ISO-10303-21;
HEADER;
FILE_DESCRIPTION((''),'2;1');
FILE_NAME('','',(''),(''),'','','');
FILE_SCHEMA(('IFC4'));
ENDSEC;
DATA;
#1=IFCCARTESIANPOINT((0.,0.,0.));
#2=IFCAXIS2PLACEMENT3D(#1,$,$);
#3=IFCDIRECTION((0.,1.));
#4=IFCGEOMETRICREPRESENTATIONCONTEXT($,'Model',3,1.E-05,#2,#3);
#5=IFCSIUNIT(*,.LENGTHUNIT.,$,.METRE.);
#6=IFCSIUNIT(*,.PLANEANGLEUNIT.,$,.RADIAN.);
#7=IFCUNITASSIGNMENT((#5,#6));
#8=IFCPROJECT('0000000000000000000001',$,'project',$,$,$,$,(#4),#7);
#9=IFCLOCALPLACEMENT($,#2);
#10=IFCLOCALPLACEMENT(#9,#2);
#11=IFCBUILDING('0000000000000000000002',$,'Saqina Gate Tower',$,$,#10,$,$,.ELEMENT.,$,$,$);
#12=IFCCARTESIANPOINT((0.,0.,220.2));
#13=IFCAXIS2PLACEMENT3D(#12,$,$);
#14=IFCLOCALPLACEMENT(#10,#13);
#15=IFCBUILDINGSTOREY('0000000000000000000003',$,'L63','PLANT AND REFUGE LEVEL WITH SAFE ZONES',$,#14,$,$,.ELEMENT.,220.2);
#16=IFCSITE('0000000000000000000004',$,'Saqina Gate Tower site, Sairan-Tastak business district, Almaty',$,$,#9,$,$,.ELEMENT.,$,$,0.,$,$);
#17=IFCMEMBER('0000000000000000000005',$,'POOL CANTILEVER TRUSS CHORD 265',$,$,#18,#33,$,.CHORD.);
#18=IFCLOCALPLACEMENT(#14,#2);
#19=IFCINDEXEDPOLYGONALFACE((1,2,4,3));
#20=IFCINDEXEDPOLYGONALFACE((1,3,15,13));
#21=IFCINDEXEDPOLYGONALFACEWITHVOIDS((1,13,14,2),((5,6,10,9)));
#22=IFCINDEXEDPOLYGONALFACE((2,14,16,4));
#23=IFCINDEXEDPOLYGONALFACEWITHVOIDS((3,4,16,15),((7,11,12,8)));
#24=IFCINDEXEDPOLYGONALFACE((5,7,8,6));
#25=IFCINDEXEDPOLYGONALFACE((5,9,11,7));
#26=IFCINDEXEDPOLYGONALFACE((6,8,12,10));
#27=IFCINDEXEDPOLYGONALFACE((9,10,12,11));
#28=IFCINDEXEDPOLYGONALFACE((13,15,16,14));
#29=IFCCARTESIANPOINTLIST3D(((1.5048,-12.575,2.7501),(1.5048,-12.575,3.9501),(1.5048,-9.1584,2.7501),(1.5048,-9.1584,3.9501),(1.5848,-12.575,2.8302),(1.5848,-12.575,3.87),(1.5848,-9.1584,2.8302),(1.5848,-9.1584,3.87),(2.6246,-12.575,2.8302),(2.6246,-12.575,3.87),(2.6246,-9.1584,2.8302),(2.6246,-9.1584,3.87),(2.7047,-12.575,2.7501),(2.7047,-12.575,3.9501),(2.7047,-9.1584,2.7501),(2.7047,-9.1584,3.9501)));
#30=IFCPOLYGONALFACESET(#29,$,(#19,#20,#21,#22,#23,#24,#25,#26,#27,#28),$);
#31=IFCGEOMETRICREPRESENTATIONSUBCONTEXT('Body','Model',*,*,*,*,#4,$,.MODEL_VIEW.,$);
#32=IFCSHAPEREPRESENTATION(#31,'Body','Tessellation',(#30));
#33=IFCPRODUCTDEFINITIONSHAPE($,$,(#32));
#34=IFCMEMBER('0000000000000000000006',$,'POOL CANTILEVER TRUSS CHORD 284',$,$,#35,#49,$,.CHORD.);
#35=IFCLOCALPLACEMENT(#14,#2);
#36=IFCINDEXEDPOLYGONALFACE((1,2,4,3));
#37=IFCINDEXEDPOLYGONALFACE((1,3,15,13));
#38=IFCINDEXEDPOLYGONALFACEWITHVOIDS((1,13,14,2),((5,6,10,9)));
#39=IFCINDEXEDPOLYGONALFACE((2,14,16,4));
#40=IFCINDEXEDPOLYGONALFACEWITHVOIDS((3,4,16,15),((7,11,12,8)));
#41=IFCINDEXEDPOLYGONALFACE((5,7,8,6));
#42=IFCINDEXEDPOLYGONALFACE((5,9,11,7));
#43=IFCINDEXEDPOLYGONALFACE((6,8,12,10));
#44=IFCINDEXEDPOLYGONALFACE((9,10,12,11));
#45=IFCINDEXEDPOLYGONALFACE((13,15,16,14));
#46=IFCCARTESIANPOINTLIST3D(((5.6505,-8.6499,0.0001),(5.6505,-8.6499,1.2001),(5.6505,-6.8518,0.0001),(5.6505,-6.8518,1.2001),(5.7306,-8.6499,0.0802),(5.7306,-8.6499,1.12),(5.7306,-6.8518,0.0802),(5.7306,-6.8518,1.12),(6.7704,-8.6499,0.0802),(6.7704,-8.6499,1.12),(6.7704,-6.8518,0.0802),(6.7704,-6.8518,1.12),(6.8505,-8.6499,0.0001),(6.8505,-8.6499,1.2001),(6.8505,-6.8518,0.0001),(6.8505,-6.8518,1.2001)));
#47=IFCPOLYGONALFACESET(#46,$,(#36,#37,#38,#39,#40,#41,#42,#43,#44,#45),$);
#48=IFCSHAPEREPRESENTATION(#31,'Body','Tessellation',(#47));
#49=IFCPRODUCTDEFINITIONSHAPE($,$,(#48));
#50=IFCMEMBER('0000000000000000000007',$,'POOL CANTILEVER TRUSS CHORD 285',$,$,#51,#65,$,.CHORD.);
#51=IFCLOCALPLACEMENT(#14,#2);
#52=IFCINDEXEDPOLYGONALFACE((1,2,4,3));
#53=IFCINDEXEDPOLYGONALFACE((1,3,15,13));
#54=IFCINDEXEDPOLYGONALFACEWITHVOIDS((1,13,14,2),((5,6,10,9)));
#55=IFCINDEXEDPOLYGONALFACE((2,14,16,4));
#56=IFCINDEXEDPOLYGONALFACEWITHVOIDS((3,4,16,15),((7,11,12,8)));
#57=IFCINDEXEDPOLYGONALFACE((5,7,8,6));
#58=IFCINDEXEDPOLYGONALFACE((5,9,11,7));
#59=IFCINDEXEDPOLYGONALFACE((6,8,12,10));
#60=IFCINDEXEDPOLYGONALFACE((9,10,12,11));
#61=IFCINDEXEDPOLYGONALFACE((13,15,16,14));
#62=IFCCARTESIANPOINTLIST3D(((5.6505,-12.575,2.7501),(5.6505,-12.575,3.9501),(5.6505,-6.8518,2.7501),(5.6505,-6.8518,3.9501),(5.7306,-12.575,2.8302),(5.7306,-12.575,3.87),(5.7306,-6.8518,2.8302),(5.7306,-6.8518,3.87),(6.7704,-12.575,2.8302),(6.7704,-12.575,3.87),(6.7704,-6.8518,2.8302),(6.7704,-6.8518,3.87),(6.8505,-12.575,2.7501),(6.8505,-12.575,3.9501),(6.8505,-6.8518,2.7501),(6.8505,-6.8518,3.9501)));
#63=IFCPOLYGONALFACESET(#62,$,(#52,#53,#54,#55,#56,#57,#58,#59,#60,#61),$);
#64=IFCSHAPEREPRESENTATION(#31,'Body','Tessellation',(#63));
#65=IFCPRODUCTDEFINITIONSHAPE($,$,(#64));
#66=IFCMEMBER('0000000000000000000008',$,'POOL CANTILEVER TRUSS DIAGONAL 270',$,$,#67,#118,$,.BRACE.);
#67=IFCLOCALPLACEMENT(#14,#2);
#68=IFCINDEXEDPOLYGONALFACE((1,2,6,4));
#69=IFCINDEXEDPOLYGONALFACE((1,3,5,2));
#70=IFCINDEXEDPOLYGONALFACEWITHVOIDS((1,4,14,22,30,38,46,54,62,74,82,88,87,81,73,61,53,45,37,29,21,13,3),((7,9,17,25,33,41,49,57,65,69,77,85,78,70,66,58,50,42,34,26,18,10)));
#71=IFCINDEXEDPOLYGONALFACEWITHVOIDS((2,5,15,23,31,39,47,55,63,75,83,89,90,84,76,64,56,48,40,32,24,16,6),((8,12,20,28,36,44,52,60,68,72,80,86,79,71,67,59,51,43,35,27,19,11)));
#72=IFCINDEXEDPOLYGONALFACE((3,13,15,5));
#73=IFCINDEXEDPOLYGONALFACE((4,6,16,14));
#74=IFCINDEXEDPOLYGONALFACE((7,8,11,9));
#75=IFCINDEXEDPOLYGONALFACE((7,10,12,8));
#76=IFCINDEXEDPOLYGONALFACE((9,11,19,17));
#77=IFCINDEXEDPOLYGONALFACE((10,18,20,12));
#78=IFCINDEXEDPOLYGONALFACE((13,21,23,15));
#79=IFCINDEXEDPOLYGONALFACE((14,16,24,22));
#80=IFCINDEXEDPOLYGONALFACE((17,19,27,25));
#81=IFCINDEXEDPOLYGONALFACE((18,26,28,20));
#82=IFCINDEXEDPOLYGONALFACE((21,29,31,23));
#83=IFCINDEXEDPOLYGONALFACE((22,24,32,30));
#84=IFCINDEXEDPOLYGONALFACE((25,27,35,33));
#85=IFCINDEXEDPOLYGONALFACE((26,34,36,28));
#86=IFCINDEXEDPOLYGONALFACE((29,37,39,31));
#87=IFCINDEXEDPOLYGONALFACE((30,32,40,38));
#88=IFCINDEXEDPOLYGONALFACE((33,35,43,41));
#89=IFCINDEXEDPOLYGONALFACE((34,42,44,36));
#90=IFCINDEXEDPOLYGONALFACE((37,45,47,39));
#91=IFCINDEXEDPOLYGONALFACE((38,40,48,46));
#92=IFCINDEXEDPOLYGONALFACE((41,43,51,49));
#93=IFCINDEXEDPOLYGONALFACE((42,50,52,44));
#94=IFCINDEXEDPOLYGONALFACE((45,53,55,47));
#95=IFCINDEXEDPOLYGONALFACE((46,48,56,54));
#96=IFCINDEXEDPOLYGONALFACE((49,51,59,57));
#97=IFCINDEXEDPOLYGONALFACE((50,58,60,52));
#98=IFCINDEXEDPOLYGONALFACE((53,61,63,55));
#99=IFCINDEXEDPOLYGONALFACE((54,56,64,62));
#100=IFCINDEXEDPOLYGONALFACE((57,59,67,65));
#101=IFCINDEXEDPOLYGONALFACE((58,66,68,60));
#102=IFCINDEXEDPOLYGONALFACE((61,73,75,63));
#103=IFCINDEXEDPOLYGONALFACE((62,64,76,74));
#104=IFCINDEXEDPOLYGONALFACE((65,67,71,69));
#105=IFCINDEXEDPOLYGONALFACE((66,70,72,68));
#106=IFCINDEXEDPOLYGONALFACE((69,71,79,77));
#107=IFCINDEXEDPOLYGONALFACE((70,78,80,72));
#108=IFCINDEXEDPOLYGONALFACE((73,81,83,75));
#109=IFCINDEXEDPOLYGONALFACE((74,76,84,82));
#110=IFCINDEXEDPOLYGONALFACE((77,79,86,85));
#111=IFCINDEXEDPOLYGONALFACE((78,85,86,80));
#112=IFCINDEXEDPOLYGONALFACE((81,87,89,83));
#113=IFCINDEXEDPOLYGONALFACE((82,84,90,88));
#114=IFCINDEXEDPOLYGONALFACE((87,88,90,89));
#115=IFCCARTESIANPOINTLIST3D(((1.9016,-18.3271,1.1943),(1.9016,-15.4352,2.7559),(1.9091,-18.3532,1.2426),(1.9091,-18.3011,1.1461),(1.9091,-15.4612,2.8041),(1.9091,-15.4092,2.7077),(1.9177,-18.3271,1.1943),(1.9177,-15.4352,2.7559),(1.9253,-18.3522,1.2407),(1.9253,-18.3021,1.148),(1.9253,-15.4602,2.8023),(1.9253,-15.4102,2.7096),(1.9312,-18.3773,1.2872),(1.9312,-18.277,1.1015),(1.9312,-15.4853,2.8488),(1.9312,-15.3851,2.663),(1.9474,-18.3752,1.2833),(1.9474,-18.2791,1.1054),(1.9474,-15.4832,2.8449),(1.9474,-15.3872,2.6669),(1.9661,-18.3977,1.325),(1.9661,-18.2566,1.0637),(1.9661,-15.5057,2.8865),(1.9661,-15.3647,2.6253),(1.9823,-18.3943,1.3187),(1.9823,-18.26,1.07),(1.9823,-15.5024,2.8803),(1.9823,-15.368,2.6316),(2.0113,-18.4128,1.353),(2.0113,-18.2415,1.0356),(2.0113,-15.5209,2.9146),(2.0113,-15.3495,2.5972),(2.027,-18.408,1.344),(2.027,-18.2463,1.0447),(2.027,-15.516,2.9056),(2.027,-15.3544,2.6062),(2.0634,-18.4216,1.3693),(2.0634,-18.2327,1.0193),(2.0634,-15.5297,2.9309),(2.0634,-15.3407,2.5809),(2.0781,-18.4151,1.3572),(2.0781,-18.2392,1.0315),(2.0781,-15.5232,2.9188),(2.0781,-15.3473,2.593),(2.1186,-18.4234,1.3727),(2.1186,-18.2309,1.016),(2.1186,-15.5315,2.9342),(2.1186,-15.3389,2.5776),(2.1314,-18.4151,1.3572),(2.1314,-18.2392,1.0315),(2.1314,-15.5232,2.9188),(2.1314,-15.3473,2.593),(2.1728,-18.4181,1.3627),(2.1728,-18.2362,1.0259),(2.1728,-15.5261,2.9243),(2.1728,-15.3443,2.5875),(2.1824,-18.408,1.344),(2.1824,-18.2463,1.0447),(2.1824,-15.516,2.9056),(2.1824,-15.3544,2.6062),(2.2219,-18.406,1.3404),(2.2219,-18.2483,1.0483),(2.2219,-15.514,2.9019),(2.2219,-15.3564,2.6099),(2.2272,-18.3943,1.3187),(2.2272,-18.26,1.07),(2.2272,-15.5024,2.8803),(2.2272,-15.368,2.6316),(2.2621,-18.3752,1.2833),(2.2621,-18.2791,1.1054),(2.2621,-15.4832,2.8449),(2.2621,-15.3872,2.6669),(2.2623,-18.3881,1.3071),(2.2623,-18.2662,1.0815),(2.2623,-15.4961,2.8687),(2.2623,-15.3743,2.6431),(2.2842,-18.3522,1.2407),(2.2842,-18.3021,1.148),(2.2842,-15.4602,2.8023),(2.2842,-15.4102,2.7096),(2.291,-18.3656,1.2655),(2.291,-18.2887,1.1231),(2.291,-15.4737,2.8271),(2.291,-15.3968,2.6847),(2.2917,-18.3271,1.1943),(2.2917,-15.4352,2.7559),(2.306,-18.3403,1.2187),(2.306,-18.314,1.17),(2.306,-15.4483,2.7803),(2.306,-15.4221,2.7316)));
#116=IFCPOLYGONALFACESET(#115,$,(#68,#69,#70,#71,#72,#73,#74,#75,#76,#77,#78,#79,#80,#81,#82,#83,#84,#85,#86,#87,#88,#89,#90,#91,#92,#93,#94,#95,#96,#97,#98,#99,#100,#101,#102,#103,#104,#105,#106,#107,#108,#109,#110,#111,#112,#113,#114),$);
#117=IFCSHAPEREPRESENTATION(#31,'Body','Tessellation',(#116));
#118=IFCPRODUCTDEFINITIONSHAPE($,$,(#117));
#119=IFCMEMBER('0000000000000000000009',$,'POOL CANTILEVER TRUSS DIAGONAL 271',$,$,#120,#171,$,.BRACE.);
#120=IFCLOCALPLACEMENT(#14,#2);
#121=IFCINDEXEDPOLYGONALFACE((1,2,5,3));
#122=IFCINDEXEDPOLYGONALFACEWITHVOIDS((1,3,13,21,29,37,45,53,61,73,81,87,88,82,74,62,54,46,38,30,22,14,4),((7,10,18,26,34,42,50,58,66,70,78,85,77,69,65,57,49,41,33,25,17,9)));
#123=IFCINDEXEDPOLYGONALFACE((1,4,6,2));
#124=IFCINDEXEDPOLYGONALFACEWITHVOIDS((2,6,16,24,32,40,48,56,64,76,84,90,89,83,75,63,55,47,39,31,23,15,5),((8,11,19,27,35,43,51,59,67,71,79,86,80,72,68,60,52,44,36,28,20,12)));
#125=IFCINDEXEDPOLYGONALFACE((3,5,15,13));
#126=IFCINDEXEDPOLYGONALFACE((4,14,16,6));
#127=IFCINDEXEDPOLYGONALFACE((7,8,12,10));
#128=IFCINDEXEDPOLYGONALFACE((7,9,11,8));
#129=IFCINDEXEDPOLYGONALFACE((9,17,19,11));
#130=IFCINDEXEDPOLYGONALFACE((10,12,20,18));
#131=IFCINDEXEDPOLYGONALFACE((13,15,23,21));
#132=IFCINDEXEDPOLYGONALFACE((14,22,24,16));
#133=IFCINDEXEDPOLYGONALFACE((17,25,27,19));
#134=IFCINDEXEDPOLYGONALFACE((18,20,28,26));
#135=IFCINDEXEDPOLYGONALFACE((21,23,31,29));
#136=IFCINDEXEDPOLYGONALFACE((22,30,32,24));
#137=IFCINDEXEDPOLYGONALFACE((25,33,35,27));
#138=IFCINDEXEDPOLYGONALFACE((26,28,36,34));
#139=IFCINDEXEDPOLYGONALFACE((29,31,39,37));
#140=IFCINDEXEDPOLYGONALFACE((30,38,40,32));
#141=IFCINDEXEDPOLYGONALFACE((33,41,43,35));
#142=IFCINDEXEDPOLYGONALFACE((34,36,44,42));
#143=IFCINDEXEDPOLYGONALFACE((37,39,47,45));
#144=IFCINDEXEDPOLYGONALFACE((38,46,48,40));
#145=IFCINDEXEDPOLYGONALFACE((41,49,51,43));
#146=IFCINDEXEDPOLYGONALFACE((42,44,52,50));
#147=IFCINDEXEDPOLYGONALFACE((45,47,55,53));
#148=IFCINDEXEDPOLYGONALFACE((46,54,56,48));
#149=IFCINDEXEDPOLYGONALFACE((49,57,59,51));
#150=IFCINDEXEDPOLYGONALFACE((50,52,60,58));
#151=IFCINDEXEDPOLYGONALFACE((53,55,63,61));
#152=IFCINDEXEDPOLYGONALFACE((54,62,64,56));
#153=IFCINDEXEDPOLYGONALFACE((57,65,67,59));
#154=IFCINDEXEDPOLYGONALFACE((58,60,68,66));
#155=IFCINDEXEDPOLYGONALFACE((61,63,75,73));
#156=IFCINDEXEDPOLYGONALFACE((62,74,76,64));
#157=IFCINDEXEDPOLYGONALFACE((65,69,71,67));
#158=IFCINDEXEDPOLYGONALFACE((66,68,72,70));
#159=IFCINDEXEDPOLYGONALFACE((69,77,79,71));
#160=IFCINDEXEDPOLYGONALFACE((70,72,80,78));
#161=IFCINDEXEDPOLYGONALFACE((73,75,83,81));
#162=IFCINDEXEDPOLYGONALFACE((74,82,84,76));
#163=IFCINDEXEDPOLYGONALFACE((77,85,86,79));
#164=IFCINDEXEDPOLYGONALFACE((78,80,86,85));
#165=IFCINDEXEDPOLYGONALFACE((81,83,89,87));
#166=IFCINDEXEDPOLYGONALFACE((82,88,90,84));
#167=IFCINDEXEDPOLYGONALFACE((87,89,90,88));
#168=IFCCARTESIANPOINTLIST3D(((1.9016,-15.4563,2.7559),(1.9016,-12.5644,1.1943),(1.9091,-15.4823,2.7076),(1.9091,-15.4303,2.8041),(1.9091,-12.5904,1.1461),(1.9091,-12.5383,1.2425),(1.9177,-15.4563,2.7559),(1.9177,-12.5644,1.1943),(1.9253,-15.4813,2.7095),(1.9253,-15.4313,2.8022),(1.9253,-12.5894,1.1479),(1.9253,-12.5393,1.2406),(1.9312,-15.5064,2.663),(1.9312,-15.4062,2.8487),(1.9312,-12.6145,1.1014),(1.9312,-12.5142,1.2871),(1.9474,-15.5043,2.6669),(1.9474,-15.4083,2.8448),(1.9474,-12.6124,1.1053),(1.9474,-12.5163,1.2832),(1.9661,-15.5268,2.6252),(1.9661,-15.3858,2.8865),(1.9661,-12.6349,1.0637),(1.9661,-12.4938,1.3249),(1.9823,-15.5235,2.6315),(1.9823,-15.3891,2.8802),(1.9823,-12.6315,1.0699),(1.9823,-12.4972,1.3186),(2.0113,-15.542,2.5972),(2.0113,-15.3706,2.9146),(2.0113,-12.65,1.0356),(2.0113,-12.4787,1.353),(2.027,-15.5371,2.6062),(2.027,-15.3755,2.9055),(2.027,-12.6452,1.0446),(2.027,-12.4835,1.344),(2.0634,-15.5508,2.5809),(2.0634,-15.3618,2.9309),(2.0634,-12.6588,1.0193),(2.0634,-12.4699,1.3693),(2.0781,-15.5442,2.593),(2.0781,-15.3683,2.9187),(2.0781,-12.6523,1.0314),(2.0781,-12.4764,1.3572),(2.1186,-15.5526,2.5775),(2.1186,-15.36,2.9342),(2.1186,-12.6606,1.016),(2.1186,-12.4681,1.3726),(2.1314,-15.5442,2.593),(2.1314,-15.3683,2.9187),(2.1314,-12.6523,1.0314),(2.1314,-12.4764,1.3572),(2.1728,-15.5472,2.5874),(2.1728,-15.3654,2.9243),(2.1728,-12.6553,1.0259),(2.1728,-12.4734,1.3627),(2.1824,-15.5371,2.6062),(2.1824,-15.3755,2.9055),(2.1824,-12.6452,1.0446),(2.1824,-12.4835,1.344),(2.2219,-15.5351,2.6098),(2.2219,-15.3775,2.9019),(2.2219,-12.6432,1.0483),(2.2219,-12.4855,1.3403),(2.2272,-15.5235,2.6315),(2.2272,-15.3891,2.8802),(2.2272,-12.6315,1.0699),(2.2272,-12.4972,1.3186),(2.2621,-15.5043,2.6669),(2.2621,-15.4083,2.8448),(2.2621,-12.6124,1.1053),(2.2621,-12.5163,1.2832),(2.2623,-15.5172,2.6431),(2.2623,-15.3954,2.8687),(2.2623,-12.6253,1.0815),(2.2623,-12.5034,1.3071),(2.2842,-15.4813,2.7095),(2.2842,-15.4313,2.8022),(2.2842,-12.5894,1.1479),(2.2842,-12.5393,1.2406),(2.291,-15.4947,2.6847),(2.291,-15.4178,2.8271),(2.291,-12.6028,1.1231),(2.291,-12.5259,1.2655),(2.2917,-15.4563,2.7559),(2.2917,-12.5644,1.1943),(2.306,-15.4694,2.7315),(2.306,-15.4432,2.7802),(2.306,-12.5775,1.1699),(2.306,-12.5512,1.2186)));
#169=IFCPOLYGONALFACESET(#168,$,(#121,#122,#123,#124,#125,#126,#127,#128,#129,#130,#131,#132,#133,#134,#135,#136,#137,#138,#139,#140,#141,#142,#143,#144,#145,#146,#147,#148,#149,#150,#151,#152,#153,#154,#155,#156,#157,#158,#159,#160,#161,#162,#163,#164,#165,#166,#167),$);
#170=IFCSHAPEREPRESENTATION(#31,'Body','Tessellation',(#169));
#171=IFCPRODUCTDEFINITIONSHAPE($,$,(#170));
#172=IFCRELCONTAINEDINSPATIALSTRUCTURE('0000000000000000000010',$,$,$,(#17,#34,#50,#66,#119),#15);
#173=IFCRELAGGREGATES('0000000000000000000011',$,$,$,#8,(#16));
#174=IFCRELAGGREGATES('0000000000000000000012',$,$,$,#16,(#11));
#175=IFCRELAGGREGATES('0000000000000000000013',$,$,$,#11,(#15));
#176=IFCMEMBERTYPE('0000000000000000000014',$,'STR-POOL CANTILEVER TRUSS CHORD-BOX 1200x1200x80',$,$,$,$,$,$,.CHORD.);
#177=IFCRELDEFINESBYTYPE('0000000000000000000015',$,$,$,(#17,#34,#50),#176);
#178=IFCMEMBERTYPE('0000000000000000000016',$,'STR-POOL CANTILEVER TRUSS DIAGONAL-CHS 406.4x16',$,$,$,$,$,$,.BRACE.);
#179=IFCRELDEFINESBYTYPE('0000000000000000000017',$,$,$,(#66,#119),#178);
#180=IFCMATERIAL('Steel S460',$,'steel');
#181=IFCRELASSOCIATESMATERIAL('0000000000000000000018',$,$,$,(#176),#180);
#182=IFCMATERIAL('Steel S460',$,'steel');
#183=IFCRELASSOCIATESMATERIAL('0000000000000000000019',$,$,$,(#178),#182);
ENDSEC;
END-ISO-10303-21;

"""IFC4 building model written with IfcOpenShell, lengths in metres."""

from ifc_helpers import new_model, si_unit, direction, frame, origin, origin_2d, place, context, subcontext, project, spatial, hollow_rectangle, hollow_circle, extrude, material, material_profile, profile_set, type_object, element, save


model = new_model("IFC4")

# Units and contexts
model_context = context("Model", 3, precision=1e-05, world=origin(), true_north=direction((0.0, 1.0)))
body_context = subcontext(model_context, "Body", "Model", "MODEL_VIEW")
ifc_project = project(units=[si_unit("LENGTHUNIT", "METRE"), si_unit("PLANEANGLEUNIT", "RADIAN")], contexts=[model_context])

# Site, building, storey
site_placement = place(None, origin())
site = spatial("IfcSite", under=ifc_project, at=site_placement, Name="Saqina Gate Tower site, Sairan-Tastak business district, Almaty", CompositionType="ELEMENT", RefElevation=0.0)
building_placement = place(site_placement, origin())
building = spatial("IfcBuilding", under=site, at=building_placement, Name="Saqina Gate Tower", CompositionType="ELEMENT")
storey_placement = place(building_placement, frame((0.0, 0.0, 220.2)))
storey = spatial("IfcBuildingStorey", under=building, at=storey_placement, Name="L63", Description="PLANT AND REFUGE LEVEL WITH SAFE ZONES", CompositionType="ELEMENT", Elevation=220.2)

# Members
ifc_material_1 = material(Name="Steel S460", Category="steel")
ifc_material_profile_1 = material_profile(ifc_material_1, hollow_rectangle(XDim=1.2, YDim=1.2, WallThickness=0.0801, at=origin_2d()), Name="BOX 1200x1200x80")
ifc_profile_set_1 = profile_set([ifc_material_profile_1], Name="Steel S460")
member_type_1 = type_object("IfcMemberType", Name="STR-POOL CANTILEVER TRUSS CHORD-BOX 1200x1200x80", PredefinedType="CHORD", material=ifc_profile_set_1)
member_1_placement = place(storey_placement, frame((2.1047, -12.575, 3.3501), z_axis=(0.0, 1.0, 0.0), x_axis=(-1.0, 0.0, 0.0)))
element("IfcMember", 1, at=member_1_placement, inside=storey, type_object=member_type_1, Name="POOL CANTILEVER TRUSS CHORD 265", PredefinedType="CHORD", context=body_context, shape_type="SweptSolid", body=[
    extrude(hollow_rectangle(XDim=1.2, YDim=1.2, WallThickness=0.0801, at=origin_2d()), origin(), (0.0, 0.0, 1.0), 3.4165),
])
member_2_placement = place(storey_placement, frame((6.2505, -8.6499, 0.6001), z_axis=(0.0, 1.0, 0.0), x_axis=(-1.0, 0.0, 0.0)))
element("IfcMember", 2, at=member_2_placement, inside=storey, type_object=member_type_1, Name="POOL CANTILEVER TRUSS CHORD 284", PredefinedType="CHORD", context=body_context, shape_type="SweptSolid", body=[
    extrude(hollow_rectangle(XDim=1.2, YDim=1.2, WallThickness=0.0801, at=origin_2d()), origin(), (0.0, 0.0, 1.0), 1.7981),
])
member_3_placement = place(storey_placement, frame((6.2505, -12.575, 3.3501), z_axis=(0.0, 1.0, 0.0), x_axis=(-1.0, 0.0, 0.0)))
element("IfcMember", 3, at=member_3_placement, inside=storey, type_object=member_type_1, Name="POOL CANTILEVER TRUSS CHORD 285", PredefinedType="CHORD", context=body_context, shape_type="SweptSolid", body=[
    extrude(hollow_rectangle(XDim=1.2, YDim=1.2, WallThickness=0.0801, at=origin_2d()), origin(), (0.0, 0.0, 1.0), 5.7231),
])
ifc_material_2 = material(Name="Steel S460", Category="steel")
ifc_material_profile_2 = material_profile(ifc_material_2, hollow_circle(Radius=0.2031, WallThickness=0.0161, at=origin_2d()), Name="CHS 406.4x16")
ifc_profile_set_2 = profile_set([ifc_material_profile_2], Name="Steel S460")
member_type_2 = type_object("IfcMemberType", Name="STR-POOL CANTILEVER TRUSS DIAGONAL-CHS 406.4x16", PredefinedType="BRACE", material=ifc_profile_set_2)
for number, where, z_axis, x_axis, name in (
    (4, (2.1047, -18.3271, 1.1943), (0.0, 0.879915, 0.475132), (-1.0, 0.0, 0.0), "POOL CANTILEVER TRUSS DIAGONAL 270"),
    (5, (2.1047, -15.4563, 2.7559), (0.0, 0.879915, -0.475132), (-1.0, 0.0, 0.0), "POOL CANTILEVER TRUSS DIAGONAL 271"),
):
    element("IfcMember", number, at=place(storey_placement, frame(where, z_axis=z_axis, x_axis=x_axis)), inside=storey, type_object=member_type_2, Name=name, PredefinedType="BRACE", context=body_context, shape_type="SweptSolid", body=[
        extrude(hollow_circle(Radius=0.2031, WallThickness=0.0161, at=origin_2d()), origin(), (0.0, 0.0, 1.0), 3.2866),
    ])

save(model, "model.ifc")
